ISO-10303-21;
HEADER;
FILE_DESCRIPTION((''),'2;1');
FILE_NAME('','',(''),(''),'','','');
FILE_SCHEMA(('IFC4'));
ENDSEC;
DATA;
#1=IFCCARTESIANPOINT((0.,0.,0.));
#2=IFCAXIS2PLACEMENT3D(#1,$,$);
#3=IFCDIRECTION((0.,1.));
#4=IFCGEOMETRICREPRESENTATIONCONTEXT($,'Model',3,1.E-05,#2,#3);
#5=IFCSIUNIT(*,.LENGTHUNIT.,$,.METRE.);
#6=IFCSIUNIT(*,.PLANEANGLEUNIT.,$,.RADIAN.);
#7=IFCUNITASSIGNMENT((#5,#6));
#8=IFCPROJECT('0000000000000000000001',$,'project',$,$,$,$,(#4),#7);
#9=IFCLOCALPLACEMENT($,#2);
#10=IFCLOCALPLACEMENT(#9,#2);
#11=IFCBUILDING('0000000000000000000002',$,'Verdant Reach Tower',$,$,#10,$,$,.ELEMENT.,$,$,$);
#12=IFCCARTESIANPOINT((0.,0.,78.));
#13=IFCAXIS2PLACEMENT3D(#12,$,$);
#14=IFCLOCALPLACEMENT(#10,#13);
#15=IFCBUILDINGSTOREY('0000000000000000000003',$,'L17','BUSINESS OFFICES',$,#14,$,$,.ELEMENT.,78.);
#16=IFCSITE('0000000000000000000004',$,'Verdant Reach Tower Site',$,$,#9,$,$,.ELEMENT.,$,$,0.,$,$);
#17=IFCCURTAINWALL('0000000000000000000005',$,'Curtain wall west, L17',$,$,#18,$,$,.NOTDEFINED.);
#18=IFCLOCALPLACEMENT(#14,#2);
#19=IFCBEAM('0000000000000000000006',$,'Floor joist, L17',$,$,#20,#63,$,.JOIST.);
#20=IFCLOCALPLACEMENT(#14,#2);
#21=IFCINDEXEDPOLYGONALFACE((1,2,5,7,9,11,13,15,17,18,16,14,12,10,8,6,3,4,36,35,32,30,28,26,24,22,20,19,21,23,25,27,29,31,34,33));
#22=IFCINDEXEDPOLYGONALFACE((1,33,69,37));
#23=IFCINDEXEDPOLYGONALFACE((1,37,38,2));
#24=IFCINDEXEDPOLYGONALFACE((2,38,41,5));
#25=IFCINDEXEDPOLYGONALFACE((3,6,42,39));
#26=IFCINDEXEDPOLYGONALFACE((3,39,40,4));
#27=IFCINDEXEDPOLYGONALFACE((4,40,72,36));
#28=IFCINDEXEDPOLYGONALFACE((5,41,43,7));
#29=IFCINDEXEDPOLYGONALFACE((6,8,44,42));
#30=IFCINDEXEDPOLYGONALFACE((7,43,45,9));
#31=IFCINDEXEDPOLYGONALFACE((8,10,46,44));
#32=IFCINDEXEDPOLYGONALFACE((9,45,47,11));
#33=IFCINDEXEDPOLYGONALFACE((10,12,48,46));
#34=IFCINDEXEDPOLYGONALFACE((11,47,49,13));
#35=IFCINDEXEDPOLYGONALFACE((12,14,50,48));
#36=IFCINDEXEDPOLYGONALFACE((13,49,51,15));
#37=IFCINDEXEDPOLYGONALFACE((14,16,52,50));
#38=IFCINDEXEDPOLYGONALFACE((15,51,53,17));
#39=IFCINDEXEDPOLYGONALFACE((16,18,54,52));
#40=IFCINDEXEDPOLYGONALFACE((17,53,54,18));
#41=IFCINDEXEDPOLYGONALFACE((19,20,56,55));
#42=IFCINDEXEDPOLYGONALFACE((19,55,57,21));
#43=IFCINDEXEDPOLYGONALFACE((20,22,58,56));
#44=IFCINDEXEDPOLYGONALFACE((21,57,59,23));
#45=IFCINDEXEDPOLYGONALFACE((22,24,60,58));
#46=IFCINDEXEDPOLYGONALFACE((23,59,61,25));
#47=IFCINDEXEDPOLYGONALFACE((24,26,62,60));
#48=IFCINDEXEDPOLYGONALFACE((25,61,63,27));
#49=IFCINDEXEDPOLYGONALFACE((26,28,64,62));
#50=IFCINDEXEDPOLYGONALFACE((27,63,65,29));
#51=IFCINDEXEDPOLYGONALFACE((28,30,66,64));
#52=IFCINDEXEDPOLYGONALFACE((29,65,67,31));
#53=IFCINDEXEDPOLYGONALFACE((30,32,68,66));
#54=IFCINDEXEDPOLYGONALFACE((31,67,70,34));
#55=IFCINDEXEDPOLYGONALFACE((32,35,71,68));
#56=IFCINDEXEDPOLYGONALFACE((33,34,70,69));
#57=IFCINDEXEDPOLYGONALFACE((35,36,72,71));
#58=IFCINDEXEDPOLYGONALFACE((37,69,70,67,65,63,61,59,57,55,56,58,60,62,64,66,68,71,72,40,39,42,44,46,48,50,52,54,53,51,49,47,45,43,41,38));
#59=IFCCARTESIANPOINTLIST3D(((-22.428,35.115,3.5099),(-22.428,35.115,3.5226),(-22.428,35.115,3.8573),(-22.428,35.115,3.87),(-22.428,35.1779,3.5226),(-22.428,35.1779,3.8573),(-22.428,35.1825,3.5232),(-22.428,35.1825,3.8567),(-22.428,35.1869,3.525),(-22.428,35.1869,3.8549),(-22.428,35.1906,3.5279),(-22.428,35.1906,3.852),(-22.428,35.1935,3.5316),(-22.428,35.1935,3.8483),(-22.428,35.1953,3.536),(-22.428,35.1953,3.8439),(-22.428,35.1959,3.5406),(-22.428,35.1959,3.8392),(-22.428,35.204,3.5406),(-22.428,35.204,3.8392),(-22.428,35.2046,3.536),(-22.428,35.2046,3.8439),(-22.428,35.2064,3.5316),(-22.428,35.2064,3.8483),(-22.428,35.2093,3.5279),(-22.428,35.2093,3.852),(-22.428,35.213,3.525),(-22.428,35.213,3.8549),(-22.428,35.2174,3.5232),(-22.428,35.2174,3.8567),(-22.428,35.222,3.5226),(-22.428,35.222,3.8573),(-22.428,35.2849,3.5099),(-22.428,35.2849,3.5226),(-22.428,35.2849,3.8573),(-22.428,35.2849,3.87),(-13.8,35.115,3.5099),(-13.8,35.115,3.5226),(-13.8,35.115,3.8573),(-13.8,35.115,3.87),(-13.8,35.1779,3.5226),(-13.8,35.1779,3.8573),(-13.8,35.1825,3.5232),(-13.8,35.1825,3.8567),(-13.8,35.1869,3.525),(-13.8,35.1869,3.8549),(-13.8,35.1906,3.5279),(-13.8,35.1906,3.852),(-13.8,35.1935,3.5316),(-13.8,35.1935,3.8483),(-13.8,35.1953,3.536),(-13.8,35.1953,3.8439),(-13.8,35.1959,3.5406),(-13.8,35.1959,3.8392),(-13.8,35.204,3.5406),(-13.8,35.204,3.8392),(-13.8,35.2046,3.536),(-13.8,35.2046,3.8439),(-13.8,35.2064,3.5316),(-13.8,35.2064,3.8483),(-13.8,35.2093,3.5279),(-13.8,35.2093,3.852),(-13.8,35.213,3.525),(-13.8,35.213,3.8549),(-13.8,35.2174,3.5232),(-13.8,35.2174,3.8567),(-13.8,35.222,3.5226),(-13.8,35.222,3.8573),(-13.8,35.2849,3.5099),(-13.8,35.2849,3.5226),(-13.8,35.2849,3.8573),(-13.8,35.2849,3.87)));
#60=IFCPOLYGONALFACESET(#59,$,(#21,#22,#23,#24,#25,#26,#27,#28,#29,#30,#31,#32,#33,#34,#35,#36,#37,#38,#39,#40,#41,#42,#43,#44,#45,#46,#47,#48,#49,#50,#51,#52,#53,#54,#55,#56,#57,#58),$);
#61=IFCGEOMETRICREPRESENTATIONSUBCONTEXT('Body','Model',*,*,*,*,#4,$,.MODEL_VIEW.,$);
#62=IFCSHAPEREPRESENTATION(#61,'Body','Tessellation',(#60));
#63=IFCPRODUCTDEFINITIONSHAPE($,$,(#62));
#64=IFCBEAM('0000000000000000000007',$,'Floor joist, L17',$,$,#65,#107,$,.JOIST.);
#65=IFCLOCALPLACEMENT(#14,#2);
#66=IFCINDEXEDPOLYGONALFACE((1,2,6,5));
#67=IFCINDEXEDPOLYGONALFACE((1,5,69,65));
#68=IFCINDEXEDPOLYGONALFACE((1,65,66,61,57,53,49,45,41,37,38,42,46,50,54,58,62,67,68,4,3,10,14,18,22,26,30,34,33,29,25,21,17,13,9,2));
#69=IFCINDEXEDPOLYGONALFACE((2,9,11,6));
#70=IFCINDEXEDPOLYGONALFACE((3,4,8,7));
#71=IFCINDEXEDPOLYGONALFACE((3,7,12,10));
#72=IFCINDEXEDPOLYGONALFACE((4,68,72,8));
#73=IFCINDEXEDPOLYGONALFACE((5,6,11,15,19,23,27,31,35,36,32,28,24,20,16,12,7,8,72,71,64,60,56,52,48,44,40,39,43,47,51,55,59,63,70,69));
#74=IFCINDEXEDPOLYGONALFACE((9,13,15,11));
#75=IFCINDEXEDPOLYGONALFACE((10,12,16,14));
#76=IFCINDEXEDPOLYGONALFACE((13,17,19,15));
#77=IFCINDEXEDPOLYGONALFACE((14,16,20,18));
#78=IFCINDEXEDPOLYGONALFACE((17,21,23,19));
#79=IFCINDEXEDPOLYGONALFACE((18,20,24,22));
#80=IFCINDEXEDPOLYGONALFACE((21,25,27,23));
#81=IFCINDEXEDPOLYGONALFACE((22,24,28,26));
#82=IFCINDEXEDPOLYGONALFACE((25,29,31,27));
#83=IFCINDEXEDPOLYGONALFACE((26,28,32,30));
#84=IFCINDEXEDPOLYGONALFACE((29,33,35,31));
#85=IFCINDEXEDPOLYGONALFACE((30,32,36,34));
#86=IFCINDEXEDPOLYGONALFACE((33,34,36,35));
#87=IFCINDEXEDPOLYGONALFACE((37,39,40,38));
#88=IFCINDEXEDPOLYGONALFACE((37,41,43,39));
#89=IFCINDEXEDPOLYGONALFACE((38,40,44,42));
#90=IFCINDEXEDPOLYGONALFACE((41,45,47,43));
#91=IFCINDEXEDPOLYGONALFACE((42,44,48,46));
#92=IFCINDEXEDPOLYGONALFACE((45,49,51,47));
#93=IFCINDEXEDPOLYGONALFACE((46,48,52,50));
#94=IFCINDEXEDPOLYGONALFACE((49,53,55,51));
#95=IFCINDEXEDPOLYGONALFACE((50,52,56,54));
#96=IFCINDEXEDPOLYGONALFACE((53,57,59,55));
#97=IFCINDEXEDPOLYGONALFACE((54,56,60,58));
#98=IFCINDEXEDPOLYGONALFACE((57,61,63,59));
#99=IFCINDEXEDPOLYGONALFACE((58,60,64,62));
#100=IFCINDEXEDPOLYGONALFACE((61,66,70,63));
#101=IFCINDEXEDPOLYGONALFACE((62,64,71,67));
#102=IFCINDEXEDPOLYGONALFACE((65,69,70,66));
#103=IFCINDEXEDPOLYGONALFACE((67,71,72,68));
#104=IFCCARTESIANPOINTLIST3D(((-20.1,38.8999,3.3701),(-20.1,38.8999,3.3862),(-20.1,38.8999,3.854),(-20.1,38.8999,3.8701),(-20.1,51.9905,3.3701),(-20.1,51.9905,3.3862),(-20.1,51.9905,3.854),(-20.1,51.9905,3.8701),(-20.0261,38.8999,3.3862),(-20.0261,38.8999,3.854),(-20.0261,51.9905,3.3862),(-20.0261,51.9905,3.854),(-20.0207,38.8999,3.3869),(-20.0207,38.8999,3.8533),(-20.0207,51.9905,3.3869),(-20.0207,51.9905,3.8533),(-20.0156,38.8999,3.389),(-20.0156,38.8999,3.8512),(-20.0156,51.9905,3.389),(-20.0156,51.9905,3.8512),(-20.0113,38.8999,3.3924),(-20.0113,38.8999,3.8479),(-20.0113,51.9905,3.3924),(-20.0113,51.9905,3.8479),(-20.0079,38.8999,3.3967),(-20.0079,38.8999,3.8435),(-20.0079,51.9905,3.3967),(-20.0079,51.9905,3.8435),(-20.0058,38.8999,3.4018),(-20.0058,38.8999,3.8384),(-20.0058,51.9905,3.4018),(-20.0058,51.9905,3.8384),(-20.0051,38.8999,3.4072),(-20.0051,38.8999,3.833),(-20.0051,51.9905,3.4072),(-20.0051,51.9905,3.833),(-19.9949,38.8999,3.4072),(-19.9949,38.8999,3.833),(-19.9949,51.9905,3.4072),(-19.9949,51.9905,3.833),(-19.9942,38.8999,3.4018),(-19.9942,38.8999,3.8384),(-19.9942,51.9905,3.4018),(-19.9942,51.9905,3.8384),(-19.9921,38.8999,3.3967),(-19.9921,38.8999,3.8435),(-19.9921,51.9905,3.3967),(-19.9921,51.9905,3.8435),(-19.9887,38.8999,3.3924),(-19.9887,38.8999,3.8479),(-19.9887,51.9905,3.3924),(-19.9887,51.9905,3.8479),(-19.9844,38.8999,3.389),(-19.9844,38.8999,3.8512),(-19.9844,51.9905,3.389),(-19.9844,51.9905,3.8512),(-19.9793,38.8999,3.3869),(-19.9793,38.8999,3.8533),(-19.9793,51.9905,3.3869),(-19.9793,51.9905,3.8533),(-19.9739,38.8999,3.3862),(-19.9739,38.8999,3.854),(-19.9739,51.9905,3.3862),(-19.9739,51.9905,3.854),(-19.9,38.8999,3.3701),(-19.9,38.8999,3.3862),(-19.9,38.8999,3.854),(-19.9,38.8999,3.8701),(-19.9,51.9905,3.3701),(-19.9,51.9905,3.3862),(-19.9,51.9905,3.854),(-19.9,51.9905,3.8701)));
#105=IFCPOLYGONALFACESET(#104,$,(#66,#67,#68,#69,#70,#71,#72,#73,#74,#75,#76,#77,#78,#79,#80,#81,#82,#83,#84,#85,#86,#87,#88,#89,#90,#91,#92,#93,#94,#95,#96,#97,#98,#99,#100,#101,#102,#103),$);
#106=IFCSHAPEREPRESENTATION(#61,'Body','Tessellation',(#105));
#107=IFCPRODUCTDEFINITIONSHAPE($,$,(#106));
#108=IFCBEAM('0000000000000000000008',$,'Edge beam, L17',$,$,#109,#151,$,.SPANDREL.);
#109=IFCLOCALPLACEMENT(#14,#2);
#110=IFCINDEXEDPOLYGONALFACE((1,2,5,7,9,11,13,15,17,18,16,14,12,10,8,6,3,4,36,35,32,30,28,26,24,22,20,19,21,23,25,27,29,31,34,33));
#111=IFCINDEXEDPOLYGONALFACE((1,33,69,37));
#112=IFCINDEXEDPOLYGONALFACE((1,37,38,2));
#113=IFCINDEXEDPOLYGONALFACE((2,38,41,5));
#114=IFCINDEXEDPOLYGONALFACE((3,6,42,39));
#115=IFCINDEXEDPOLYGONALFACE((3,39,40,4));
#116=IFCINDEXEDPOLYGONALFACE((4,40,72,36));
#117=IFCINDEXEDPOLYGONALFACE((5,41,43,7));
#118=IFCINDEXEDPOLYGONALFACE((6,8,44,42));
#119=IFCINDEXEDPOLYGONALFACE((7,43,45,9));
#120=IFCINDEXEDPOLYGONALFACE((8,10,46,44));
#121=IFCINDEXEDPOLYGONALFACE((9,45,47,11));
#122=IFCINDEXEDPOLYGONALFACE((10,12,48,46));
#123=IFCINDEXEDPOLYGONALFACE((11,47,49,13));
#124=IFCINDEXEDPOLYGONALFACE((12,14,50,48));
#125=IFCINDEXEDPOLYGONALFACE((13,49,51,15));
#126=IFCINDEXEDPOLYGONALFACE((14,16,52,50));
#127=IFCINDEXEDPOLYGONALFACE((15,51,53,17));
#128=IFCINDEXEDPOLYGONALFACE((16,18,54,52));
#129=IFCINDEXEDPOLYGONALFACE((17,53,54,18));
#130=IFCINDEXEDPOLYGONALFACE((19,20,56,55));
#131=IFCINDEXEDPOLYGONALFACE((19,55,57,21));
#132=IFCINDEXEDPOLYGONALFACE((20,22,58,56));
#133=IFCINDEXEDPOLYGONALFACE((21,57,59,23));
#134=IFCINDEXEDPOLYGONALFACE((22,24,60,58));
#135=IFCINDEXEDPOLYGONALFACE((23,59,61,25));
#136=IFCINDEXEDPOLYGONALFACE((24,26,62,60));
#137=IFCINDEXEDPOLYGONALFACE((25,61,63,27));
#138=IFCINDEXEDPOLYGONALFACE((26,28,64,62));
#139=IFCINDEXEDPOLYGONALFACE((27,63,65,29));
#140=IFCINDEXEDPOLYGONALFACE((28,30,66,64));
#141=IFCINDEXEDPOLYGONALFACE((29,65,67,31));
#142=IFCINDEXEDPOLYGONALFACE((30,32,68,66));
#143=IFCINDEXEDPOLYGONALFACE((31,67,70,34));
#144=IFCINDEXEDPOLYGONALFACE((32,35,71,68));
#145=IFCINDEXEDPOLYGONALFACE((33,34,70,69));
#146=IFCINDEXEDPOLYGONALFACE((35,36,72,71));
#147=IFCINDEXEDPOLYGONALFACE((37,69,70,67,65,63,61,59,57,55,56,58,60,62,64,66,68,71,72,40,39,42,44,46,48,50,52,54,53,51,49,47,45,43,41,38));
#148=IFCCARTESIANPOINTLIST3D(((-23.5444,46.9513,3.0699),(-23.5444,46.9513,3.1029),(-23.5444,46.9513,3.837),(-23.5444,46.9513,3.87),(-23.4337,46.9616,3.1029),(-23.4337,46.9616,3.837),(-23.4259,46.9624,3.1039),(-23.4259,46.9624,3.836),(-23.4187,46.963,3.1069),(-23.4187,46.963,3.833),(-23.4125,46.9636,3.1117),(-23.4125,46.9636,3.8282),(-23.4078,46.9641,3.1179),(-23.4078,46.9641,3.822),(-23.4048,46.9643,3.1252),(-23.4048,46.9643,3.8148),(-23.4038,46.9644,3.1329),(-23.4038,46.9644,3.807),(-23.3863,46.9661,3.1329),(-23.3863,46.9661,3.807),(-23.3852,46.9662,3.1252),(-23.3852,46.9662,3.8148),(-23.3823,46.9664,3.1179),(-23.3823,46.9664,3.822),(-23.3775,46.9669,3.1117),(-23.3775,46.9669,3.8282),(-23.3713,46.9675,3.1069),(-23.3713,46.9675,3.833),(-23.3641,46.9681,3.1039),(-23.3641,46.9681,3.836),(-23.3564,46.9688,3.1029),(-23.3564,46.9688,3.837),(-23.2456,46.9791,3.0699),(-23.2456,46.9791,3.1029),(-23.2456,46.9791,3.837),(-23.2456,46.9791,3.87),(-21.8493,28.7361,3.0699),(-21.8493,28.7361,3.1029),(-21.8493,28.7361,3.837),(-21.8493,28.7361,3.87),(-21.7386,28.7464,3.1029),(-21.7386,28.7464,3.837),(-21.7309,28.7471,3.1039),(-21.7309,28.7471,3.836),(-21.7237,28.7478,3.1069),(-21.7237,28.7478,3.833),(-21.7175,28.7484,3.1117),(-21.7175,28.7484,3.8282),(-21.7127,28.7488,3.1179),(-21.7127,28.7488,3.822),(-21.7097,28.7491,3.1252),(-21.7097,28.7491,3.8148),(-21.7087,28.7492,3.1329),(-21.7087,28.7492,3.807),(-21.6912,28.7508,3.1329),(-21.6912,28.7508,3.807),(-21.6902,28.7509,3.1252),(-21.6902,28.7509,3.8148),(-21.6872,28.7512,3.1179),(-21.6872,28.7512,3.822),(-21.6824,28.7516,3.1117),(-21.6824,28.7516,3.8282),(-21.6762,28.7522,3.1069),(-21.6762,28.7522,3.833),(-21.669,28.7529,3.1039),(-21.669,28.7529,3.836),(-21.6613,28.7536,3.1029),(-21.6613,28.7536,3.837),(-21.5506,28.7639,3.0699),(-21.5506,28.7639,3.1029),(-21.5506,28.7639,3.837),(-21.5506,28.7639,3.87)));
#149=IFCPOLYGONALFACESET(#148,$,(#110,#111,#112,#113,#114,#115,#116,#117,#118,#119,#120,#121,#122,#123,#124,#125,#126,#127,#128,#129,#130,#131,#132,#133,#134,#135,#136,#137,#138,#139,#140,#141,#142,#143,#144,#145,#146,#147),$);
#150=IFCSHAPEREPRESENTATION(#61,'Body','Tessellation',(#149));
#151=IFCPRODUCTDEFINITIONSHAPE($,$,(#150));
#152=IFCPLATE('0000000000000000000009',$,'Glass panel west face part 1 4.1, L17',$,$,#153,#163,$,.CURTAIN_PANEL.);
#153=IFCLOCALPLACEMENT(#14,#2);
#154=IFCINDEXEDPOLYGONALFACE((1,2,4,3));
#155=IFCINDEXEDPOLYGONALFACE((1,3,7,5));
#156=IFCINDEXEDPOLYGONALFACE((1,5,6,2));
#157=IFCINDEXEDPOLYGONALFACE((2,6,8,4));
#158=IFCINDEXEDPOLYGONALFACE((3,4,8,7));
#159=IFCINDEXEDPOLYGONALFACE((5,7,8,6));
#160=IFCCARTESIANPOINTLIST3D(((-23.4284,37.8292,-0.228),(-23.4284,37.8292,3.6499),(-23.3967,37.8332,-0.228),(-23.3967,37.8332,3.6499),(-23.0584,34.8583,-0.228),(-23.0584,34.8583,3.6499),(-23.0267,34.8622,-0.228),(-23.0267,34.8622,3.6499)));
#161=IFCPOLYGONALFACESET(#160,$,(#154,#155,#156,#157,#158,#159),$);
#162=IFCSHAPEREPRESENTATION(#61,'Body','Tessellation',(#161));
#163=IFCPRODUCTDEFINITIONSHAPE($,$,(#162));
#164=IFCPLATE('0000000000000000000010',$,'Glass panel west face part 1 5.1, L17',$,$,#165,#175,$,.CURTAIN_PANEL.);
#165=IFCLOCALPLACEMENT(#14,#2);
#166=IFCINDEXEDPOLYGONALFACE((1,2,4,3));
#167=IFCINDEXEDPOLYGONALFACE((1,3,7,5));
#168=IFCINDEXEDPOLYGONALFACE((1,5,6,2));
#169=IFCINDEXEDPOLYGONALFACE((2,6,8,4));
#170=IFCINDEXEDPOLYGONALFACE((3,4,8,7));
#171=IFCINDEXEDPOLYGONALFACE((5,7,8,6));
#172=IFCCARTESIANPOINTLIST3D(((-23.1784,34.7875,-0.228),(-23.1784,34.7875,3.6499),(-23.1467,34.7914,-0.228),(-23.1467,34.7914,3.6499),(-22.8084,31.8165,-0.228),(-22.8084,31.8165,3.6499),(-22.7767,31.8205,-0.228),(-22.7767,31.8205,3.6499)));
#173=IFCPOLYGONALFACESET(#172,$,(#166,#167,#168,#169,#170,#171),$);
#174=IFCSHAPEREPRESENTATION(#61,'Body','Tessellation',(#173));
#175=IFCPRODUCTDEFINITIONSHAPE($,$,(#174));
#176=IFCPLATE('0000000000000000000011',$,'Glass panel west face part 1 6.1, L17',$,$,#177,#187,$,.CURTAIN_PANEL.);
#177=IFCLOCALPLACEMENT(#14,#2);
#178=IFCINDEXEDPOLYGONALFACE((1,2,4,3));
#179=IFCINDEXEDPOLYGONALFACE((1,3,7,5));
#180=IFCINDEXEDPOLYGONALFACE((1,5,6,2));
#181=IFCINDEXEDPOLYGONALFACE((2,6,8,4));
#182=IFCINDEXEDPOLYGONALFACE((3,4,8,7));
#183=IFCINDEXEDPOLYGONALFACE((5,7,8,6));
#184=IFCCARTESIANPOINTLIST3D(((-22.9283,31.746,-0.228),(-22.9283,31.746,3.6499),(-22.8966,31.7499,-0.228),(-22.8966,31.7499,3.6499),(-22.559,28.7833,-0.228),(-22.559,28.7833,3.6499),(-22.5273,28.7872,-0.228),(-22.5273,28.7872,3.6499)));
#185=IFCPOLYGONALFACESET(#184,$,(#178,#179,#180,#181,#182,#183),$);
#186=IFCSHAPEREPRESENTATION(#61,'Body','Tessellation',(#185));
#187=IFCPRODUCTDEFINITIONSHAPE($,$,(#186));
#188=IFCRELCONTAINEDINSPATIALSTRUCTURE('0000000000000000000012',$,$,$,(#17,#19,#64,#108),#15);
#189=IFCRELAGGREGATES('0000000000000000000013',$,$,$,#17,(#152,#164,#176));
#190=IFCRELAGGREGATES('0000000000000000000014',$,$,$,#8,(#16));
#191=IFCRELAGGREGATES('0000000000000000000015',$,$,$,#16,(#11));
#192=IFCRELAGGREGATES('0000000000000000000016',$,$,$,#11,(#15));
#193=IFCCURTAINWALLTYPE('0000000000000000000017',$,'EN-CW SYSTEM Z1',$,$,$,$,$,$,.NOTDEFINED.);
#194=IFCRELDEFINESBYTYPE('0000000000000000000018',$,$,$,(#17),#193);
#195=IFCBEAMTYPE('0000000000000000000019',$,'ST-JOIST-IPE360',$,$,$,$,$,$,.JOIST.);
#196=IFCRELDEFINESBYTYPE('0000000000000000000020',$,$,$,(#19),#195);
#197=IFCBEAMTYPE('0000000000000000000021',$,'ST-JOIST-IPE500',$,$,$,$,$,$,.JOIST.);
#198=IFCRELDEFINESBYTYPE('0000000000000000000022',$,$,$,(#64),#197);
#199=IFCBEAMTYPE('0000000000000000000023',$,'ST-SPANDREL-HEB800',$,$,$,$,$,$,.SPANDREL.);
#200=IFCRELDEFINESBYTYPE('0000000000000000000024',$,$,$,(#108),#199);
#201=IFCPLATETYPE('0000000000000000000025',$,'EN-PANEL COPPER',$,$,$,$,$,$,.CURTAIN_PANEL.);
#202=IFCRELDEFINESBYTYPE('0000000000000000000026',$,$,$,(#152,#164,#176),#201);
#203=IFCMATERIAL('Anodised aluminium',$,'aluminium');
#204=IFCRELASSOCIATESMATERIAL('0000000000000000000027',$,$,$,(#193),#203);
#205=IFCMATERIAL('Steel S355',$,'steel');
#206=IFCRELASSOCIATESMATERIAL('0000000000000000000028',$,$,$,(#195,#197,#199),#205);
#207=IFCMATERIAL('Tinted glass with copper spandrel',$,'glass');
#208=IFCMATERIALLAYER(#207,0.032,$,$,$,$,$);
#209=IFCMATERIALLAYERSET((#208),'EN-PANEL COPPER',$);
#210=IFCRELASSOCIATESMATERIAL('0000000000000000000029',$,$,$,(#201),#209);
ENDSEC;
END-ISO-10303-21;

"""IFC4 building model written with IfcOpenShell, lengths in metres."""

from ifc_helpers import new_model, si_unit, direction, frame, origin, origin_2d, place, context, subcontext, project, spatial, rectangle, i_section, extrude, material, layer, layer_set, material_profile, profile_set, type_object, element, aggregate, save


model = new_model("IFC4")

# Units and contexts
model_context = context("Model", 3, precision=1e-05, world=origin(), true_north=direction((0.0, 1.0)))
body_context = subcontext(model_context, "Body", "Model", "MODEL_VIEW")
ifc_project = project(units=[si_unit("LENGTHUNIT", "METRE"), si_unit("PLANEANGLEUNIT", "RADIAN")], contexts=[model_context])

# Site, building, storey
site_placement = place(None, origin())
site = spatial("IfcSite", under=ifc_project, at=site_placement, Name="Verdant Reach Tower Site", CompositionType="ELEMENT", RefElevation=0.0)
building_placement = place(site_placement, origin())
building = spatial("IfcBuilding", under=site, at=building_placement, Name="Verdant Reach Tower", CompositionType="ELEMENT")
storey_placement = place(building_placement, frame((0.0, 0.0, 78.0)))
storey = spatial("IfcBuildingStorey", under=building, at=storey_placement, Name="L17", Description="BUSINESS OFFICES", CompositionType="ELEMENT", Elevation=78.0)

# Curtain wall
ifc_material_1 = material(Name="Anodised aluminium", Category="aluminium")
curtain_wall_type = type_object("IfcCurtainWallType", Name="EN-CW SYSTEM Z1", PredefinedType="NOTDEFINED", material=ifc_material_1)
curtain_wall_placement = place(storey_placement, origin())
curtain_wall = element("IfcCurtainWall", 1, at=curtain_wall_placement, inside=storey, type_object=curtain_wall_type, Name="Curtain wall west, L17", PredefinedType="NOTDEFINED")

# Beams
ifc_material_2 = material(Name="Steel S355", Category="steel")
ifc_material_profile_1 = material_profile(ifc_material_2, i_section(OverallWidth=0.1699, OverallDepth=0.3601, WebThickness=0.0081, FlangeThickness=0.0127, FilletRadius=0.0181, at=origin_2d()), Name="IPE 360")
ifc_profile_set_1 = profile_set([ifc_material_profile_1], Name="Steel S355")
beam_type_1 = type_object("IfcBeamType", Name="ST-JOIST-IPE360", PredefinedType="JOIST", material=ifc_profile_set_1)
beam_1_placement = place(storey_placement, frame((-13.8, 35.2, 3.6899), z_axis=(-1.0, 0.0, 0.0), x_axis=(0.0, -1.0, 0.0)))
element("IfcBeam", 2, at=beam_1_placement, inside=storey, type_object=beam_type_1, Name="Floor joist, L17", PredefinedType="JOIST", context=body_context, shape_type="SweptSolid", body=[
    extrude(i_section(OverallWidth=0.1699, OverallDepth=0.3601, WebThickness=0.0081, FlangeThickness=0.0127, FilletRadius=0.0181, at=origin_2d()), origin(), (0.0, 0.0, 1.0), 8.6279),
])
ifc_material_profile_2 = material_profile(ifc_material_2, i_section(OverallWidth=0.2, OverallDepth=0.5, WebThickness=0.0103, FlangeThickness=0.0161, FilletRadius=0.021, at=origin_2d()), Name="IPE 500")
ifc_profile_set_2 = profile_set([ifc_material_profile_2], Name="Steel S355")
beam_type_2 = type_object("IfcBeamType", Name="ST-JOIST-IPE500", PredefinedType="JOIST", material=ifc_profile_set_2)
beam_2_placement = place(storey_placement, frame((-20.0, 38.8999, 3.6201), z_axis=(0.0, 1.0, 0.0), x_axis=(-1.0, 0.0, 0.0)))
element("IfcBeam", 3, at=beam_2_placement, inside=storey, type_object=beam_type_2, Name="Floor joist, L17", PredefinedType="JOIST", context=body_context, shape_type="SweptSolid", body=[
    extrude(i_section(OverallWidth=0.2, OverallDepth=0.5, WebThickness=0.0103, FlangeThickness=0.0161, FilletRadius=0.021, at=origin_2d()), origin(), (0.0, 0.0, 1.0), 13.0906),
])
ifc_material_profile_3 = material_profile(ifc_material_2, i_section(OverallWidth=0.3, OverallDepth=0.8, WebThickness=0.0176, FlangeThickness=0.033, FilletRadius=0.03, at=origin_2d()), Name="HEB 800")
ifc_profile_set_3 = profile_set([ifc_material_profile_3], Name="Steel S355")
beam_type_3 = type_object("IfcBeamType", Name="ST-SPANDREL-HEB800", PredefinedType="SPANDREL", material=ifc_profile_set_3)
beam_3_placement = place(storey_placement, frame((-21.7, 28.75, 3.47), z_axis=(-0.092657, 0.995698, 0.0), x_axis=(-0.995698, -0.092657, 0.0)))
element("IfcBeam", 4, at=beam_3_placement, inside=storey, type_object=beam_type_3, Name="Edge beam, L17", PredefinedType="SPANDREL", context=body_context, shape_type="SweptSolid", body=[
    extrude(i_section(OverallWidth=0.3, OverallDepth=0.8, WebThickness=0.0176, FlangeThickness=0.033, FilletRadius=0.03, at=origin_2d()), origin(), (0.0, 0.0, 1.0), 18.2939),
])

# Plates
ifc_material_3 = material(Name="Tinted glass with copper spandrel", Category="glass")
ifc_layer_1 = layer(ifc_material_3, 0.032)
ifc_layer_set_1 = layer_set([ifc_layer_1], Name="EN-PANEL COPPER")
plate_type_1 = type_object("IfcPlateType", Name="EN-PANEL COPPER", PredefinedType="CURTAIN_PANEL", material=ifc_layer_set_1)
plate_1_placement = place(storey_placement, frame((-23.2275, 36.3457, -0.228), z_axis=(0.0, 0.0, 1.0), x_axis=(0.123579, -0.992335, 0.0)))
plate_1 = element("IfcPlate", 5, at=plate_1_placement, type_object=plate_type_1, Name="Glass panel west face part 1 4.1, L17", PredefinedType="CURTAIN_PANEL", context=body_context, shape_type="SweptSolid", body=[
    extrude(rectangle(XDim=2.9939, YDim=0.032, at=origin_2d()), origin(), (0.0, 0.0, 1.0), 3.8779),
])
plate_2_placement = place(storey_placement, frame((-22.9775, 33.304, -0.228), z_axis=(0.0, 0.0, 1.0), x_axis=(0.123579, -0.992335, 0.0)))
plate_2 = element("IfcPlate", 6, at=plate_2_placement, type_object=plate_type_1, Name="Glass panel west face part 1 5.1, L17", PredefinedType="CURTAIN_PANEL", context=body_context, shape_type="SweptSolid", body=[
    extrude(rectangle(XDim=2.9939, YDim=0.032, at=origin_2d()), origin(), (0.0, 0.0, 1.0), 3.8779),
])
plate_3_placement = place(storey_placement, frame((-22.7278, 30.2666, -0.228), z_axis=(0.0, 0.0, 1.0), x_axis=(0.123691, -0.992321, 0.0)))
plate_3 = element("IfcPlate", 7, at=plate_3_placement, type_object=plate_type_1, Name="Glass panel west face part 1 6.1, L17", PredefinedType="CURTAIN_PANEL", context=body_context, shape_type="SweptSolid", body=[
    extrude(rectangle(XDim=2.9856, YDim=0.032, at=origin_2d()), origin(), (0.0, 0.0, 1.0), 3.8779),
])
aggregate(curtain_wall, [plate_1, plate_2, plate_3])

save(model, "model.ifc")
